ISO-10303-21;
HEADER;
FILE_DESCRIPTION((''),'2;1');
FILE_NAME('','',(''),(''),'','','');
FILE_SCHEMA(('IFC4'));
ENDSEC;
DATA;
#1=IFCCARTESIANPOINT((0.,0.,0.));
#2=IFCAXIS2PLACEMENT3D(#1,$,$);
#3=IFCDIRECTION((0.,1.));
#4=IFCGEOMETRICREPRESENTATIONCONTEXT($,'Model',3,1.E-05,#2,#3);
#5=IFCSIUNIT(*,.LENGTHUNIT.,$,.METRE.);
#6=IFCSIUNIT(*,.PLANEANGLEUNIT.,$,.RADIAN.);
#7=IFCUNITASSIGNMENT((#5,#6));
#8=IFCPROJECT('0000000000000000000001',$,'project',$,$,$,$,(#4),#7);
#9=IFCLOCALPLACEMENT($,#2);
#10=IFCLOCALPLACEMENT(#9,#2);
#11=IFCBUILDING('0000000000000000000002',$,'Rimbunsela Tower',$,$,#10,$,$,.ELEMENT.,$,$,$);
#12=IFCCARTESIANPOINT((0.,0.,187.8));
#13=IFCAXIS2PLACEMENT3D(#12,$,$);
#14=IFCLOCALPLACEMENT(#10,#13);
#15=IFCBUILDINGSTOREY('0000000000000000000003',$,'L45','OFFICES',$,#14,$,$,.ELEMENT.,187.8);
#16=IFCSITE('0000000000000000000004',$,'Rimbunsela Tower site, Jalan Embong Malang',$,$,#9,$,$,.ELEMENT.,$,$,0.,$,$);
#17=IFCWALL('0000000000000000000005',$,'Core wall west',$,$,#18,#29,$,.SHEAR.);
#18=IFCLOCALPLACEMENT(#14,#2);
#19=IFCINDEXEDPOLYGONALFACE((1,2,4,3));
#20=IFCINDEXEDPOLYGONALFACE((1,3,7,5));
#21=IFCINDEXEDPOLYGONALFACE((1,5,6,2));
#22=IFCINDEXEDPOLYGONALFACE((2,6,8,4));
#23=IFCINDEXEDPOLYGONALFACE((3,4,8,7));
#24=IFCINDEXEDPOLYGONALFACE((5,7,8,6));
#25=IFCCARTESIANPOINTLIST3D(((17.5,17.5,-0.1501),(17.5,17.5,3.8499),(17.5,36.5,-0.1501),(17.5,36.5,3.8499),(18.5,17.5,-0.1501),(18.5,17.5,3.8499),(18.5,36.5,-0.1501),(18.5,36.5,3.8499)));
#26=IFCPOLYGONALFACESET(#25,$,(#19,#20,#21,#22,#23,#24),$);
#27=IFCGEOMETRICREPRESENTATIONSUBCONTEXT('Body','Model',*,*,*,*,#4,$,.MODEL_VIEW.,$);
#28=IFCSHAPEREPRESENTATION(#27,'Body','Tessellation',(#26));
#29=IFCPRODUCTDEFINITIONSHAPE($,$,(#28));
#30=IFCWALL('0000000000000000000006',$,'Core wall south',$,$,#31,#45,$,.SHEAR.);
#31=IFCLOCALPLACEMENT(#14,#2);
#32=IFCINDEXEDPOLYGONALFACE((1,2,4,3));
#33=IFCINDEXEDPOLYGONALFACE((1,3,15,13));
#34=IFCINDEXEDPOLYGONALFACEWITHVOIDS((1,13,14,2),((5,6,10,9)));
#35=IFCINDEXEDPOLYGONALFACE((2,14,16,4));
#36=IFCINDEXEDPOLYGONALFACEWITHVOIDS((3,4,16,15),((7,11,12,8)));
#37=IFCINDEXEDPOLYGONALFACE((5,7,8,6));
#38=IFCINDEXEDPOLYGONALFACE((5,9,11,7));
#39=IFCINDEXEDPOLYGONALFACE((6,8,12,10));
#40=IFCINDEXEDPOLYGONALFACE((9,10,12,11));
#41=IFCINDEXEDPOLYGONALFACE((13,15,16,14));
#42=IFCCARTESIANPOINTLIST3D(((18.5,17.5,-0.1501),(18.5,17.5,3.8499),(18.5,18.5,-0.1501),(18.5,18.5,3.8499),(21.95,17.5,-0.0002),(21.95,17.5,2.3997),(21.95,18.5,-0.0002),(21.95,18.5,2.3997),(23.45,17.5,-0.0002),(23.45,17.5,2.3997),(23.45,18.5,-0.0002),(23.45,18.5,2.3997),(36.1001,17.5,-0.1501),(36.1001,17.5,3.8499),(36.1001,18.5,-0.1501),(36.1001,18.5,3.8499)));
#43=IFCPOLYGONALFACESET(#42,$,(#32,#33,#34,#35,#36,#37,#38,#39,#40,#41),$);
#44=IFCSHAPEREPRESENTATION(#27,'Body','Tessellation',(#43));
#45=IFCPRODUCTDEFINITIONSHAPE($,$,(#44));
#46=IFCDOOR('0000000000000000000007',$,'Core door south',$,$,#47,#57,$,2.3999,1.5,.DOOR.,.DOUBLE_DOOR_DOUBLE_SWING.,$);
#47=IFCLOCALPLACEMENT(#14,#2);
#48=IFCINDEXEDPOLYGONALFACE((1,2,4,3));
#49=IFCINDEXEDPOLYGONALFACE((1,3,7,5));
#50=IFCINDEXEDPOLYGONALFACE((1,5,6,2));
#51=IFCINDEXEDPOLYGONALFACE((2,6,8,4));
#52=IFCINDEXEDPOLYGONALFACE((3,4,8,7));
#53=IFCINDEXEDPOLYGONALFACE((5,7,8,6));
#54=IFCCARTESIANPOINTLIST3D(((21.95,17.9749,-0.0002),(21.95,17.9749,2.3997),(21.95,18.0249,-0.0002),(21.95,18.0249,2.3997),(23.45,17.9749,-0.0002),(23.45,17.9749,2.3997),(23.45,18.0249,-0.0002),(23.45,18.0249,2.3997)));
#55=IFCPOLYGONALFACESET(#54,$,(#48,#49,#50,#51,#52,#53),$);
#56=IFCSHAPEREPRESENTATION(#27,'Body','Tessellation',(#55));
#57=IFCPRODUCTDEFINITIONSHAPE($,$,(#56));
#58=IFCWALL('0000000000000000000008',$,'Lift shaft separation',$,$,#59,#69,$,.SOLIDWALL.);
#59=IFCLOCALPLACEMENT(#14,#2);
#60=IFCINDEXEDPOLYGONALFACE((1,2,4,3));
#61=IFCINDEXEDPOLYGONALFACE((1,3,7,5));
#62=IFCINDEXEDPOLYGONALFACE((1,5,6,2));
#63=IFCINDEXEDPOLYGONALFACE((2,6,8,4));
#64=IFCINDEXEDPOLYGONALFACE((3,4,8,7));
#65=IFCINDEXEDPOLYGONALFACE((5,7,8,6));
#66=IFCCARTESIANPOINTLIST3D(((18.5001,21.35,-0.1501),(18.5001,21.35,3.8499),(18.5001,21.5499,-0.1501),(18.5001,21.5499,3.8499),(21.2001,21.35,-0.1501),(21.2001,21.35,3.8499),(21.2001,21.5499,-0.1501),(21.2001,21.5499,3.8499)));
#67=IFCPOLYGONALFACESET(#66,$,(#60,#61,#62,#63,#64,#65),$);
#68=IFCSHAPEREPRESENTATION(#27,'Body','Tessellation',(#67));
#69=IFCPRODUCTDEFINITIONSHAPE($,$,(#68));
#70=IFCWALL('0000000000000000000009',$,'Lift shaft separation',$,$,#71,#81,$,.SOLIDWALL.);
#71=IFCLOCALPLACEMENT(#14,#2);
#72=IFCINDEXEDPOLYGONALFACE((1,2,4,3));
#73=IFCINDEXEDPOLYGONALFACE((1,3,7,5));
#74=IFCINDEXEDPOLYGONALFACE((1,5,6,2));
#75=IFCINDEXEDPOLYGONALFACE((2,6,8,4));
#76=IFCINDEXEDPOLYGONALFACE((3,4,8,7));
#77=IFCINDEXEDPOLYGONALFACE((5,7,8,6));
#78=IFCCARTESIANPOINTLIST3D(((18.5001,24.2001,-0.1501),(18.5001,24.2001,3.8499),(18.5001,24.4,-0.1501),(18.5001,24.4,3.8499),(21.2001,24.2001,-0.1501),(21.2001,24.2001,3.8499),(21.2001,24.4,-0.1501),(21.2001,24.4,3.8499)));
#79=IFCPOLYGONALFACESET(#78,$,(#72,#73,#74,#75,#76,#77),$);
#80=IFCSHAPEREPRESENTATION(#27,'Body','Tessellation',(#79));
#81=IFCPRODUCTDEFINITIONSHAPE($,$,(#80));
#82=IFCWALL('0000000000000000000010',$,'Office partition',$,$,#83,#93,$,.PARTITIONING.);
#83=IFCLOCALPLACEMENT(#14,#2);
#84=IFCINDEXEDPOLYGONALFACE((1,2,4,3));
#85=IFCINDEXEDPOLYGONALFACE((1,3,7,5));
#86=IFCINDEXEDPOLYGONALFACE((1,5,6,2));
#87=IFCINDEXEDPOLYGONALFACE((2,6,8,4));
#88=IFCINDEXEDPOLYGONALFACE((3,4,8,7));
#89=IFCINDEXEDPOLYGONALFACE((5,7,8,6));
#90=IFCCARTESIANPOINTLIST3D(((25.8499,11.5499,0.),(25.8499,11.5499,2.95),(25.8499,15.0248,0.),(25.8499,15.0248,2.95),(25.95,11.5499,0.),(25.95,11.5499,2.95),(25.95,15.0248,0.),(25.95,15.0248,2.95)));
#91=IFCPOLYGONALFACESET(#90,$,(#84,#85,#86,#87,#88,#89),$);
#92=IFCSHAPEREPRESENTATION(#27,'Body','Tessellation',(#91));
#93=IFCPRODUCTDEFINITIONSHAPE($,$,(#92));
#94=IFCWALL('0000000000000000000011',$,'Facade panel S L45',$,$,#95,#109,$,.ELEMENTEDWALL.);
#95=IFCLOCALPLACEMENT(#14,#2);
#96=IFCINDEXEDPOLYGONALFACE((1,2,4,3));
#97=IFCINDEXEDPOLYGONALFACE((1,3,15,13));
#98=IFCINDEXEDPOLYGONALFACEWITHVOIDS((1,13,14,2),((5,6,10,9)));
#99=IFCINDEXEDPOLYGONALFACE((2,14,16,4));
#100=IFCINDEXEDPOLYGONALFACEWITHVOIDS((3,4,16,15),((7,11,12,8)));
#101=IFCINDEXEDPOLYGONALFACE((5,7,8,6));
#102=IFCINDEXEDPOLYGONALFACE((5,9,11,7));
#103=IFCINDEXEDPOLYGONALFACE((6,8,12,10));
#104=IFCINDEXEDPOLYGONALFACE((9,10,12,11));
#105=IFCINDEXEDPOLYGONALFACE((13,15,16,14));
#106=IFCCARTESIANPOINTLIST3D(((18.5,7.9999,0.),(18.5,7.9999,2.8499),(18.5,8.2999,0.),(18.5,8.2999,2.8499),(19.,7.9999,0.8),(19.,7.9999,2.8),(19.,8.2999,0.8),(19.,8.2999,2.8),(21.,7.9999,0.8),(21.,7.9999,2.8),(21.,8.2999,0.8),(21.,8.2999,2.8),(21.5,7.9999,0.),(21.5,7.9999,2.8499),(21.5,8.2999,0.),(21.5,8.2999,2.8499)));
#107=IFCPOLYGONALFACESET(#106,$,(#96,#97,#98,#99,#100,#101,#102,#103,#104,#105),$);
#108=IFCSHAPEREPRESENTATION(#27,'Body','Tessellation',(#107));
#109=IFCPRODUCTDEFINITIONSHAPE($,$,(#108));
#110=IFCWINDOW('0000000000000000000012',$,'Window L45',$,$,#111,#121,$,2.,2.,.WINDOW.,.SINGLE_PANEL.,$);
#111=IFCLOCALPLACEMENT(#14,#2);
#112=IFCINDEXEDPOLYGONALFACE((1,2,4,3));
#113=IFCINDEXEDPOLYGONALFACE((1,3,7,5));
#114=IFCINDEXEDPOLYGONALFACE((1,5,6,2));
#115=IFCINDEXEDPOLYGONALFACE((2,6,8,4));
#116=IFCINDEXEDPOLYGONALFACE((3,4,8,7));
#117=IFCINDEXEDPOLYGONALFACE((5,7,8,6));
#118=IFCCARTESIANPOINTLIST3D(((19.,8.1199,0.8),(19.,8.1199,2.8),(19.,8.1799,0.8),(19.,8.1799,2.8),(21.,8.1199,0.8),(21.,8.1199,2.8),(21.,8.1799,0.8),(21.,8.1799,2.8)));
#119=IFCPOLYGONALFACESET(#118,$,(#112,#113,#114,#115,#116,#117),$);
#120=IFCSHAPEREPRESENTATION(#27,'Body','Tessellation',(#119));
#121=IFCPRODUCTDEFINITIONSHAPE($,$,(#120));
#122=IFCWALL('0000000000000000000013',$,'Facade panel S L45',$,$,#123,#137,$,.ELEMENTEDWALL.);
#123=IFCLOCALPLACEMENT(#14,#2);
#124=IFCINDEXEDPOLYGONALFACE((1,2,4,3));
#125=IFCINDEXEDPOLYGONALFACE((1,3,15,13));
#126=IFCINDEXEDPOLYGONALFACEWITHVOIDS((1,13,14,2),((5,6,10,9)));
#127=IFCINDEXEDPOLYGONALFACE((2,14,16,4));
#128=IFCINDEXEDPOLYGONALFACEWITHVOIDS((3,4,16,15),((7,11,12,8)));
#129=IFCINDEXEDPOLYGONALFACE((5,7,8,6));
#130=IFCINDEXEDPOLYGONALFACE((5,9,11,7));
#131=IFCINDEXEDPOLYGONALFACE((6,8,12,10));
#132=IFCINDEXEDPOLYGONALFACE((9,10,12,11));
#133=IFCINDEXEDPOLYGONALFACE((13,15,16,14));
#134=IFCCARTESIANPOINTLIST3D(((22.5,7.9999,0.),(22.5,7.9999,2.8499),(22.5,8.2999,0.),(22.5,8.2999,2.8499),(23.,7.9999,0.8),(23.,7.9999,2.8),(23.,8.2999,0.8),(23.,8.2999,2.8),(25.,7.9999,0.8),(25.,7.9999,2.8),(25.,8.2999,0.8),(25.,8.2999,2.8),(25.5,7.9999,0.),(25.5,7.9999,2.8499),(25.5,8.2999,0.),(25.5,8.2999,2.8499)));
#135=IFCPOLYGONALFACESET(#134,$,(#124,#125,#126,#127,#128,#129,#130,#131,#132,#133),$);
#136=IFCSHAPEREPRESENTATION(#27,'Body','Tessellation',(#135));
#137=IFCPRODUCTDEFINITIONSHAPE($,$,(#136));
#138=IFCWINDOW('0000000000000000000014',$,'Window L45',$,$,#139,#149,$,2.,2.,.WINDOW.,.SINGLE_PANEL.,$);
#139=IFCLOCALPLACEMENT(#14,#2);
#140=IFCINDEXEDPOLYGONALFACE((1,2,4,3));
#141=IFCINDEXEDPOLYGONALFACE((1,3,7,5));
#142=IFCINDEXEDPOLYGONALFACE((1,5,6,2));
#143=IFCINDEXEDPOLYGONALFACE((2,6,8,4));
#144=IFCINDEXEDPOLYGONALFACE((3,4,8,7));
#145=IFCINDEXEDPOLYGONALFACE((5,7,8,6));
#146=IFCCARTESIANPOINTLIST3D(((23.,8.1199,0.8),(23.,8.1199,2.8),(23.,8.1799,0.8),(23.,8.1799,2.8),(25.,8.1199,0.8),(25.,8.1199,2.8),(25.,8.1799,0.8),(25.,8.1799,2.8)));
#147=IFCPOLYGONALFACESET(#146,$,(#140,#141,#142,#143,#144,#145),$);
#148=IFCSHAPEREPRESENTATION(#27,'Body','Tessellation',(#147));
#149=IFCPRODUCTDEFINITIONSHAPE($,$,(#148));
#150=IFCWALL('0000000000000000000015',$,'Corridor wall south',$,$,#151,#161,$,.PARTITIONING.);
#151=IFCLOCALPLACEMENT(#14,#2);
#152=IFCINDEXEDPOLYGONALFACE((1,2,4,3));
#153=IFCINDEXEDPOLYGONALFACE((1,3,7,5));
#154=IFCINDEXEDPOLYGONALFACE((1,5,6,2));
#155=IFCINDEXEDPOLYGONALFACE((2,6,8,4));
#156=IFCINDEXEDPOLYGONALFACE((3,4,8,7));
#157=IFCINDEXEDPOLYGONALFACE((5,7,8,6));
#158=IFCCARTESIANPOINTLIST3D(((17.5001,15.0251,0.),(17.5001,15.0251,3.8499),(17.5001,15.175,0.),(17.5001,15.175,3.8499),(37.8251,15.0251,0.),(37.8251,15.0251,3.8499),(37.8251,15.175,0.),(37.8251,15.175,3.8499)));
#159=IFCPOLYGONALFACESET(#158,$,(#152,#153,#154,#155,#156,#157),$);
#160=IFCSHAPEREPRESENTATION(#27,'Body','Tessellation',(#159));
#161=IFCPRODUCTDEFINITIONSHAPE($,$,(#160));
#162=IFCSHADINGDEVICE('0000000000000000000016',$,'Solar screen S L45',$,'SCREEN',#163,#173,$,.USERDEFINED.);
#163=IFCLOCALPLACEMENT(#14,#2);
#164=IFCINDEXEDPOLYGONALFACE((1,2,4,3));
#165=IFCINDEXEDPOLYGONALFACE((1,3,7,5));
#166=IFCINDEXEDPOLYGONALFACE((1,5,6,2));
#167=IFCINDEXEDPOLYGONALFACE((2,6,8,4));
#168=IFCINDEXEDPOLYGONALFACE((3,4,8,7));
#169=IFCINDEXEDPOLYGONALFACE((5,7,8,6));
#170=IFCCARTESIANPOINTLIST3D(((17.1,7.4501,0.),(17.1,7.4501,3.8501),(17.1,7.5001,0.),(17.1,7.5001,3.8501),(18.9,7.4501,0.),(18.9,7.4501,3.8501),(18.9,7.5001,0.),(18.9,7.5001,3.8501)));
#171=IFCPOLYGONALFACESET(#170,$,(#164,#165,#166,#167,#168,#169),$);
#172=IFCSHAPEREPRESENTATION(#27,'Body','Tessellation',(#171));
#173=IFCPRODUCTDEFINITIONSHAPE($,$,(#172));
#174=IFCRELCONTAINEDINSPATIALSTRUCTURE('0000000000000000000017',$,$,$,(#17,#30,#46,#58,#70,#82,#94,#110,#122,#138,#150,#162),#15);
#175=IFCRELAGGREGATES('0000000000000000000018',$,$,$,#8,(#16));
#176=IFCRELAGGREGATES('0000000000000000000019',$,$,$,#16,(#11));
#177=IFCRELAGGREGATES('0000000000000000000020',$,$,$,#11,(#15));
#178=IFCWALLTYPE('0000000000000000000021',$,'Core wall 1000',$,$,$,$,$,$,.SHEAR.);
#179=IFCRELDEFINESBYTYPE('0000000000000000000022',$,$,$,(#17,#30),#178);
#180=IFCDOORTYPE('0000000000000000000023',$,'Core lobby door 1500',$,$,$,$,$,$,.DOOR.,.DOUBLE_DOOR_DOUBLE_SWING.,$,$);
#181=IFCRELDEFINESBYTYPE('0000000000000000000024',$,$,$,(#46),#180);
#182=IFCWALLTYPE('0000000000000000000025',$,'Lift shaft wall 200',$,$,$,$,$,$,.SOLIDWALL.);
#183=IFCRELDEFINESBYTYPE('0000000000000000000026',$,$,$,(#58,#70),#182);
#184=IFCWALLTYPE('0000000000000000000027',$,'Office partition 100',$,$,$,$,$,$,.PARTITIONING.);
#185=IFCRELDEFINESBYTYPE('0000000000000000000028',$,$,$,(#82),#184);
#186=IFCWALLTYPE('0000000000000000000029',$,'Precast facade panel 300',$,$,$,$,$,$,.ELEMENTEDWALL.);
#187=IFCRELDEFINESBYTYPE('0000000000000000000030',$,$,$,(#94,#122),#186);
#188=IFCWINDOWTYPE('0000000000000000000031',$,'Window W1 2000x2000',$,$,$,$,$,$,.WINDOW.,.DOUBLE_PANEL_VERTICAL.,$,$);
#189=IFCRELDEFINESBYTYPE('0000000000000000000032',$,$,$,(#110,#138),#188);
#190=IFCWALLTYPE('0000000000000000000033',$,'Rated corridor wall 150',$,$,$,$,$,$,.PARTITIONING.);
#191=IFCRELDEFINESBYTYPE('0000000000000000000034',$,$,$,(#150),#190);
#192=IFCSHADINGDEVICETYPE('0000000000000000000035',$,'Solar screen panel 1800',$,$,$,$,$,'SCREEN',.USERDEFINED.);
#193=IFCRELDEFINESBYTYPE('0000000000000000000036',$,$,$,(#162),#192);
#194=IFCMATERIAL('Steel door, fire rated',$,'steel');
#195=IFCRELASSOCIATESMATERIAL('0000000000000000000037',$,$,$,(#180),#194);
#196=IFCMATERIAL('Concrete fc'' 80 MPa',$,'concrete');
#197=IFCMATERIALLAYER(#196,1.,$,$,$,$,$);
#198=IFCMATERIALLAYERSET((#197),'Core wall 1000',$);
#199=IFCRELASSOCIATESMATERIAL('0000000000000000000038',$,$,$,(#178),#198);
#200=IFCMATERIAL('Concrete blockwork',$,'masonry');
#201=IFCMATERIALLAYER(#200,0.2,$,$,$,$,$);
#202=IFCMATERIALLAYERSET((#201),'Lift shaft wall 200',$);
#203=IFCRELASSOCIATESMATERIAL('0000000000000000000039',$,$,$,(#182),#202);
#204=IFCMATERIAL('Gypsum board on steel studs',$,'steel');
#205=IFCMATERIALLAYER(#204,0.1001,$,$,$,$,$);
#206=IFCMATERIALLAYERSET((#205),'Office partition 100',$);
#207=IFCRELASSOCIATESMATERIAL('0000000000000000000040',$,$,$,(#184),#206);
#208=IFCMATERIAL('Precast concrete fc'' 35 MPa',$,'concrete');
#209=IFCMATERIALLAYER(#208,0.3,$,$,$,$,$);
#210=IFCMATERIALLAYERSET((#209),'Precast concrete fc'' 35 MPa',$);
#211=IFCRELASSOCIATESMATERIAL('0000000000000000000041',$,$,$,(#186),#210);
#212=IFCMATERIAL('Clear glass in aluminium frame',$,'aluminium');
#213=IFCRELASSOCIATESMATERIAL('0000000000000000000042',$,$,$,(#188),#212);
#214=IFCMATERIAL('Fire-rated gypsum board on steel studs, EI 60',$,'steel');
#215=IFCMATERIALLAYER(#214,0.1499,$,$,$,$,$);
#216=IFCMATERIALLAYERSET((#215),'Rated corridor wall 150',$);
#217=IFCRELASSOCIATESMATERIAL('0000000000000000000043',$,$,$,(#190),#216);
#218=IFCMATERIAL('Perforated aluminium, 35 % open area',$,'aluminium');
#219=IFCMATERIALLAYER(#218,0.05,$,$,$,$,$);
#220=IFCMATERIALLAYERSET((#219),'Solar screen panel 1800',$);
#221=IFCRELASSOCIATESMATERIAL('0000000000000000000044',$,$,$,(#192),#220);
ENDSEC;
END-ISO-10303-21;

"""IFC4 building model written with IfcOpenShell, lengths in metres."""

from ifc_helpers import new_model, si_unit, direction, frame, frame_2d, origin, origin_2d, place, context, subcontext, project, spatial, rectangle, extrude, material, layer, layer_set, type_object, element, fill, save


model = new_model("IFC4")

# Units and contexts
model_context = context("Model", 3, precision=1e-05, world=origin(), true_north=direction((0.0, 1.0)))
body_context = subcontext(model_context, "Body", "Model", "MODEL_VIEW")
ifc_project = project(units=[si_unit("LENGTHUNIT", "METRE"), si_unit("PLANEANGLEUNIT", "RADIAN")], contexts=[model_context])

# Site, building, storey
site_placement = place(None, origin())
site = spatial("IfcSite", under=ifc_project, at=site_placement, Name="Rimbunsela Tower site, Jalan Embong Malang", CompositionType="ELEMENT", RefElevation=0.0)
building_placement = place(site_placement, origin())
building = spatial("IfcBuilding", under=site, at=building_placement, Name="Rimbunsela Tower", CompositionType="ELEMENT")
storey_placement = place(building_placement, frame((0.0, 0.0, 187.8)))
storey = spatial("IfcBuildingStorey", under=building, at=storey_placement, Name="L45", Description="OFFICES", CompositionType="ELEMENT", Elevation=187.8)

# Shared definitions
ifc_material_1 = material(Name="Steel door, fire rated", Category="steel")
door_type_1 = type_object("IfcDoorType", Name="Core lobby door 1500", OperationType="DOUBLE_DOOR_DOUBLE_SWING", PredefinedType="DOOR", material=ifc_material_1)

# Wall
ifc_material_2 = material(Name="Concrete fc' 80 MPa", Category="concrete")
ifc_layer_1 = layer(ifc_material_2, 1.0)
ifc_layer_set_1 = layer_set([ifc_layer_1], Name="Core wall 1000")
wall_type_1 = type_object("IfcWallType", Name="Core wall 1000", PredefinedType="SHEAR", material=ifc_layer_set_1)
wall_1_placement = place(storey_placement, frame((18.0, 17.5, -0.1501), z_axis=(0.0, 0.0, 1.0), x_axis=(0.0, 1.0, 0.0)))
element("IfcWall", 1, at=wall_1_placement, inside=storey, type_object=wall_type_1, Name="Core wall west", PredefinedType="SHEAR", context=body_context, shape_type="SweptSolid", body=[
    extrude(rectangle(XDim=19.0, YDim=1.0, at=frame_2d((9.5, 0.0))), origin(), (0.0, 0.0, 1.0), 4.0),
])

# Wall, opening, door
wall_2_placement = place(storey_placement, frame((18.5, 18.0, -0.1501), z_axis=(0.0, 0.0, 1.0), x_axis=(1.0, 0.0, 0.0)))
wall_2 = element("IfcWall", 2, at=wall_2_placement, inside=storey, type_object=wall_type_1, Name="Core wall south", PredefinedType="SHEAR", context=body_context, shape_type="SweptSolid", body=[
    extrude(rectangle(XDim=17.6001, YDim=1.0, at=frame_2d((8.8, 0.0))), origin(), (0.0, 0.0, 1.0), 4.0),
])
opening_1_placement = place(wall_2_placement, frame((3.45, 0.0, 0.1499)))
opening_1 = element("IfcOpeningElement", 3, at=opening_1_placement, cuts=wall_2, PredefinedType="OPENING", context=body_context, shape_type="SweptSolid", body=[
    extrude(rectangle(XDim=1.5, YDim=2.3999, at=frame_2d((0.75, 1.2))), frame((0.0, 0.51, 0.0), z_axis=(0.0, -1.0, 0.0), x_axis=(1.0, 0.0, 0.0)), (0.0, 0.0, 1.0), 1.02),
])
door_1_placement = place(opening_1_placement, origin())
door_1 = element("IfcDoor", 4, at=door_1_placement, inside=storey, type_object=door_type_1, Name="Core door south", OperationType="DOUBLE_DOOR_DOUBLE_SWING", OverallHeight=2.3999, OverallWidth=1.5, PredefinedType="DOOR", context=body_context, shape_type="SweptSolid", body=[
    extrude(rectangle(XDim=1.5, YDim=2.3999, at=frame_2d((0.75, 1.2))), frame((0.0, 0.0249, 0.0), z_axis=(0.0, -1.0, 0.0), x_axis=(1.0, 0.0, 0.0)), (0.0, 0.0, 1.0), 0.05),
])
fill(opening_1, door_1)

# Walls
ifc_material_3 = material(Name="Concrete blockwork", Category="masonry")
ifc_layer_2 = layer(ifc_material_3, 0.2)
ifc_layer_set_2 = layer_set([ifc_layer_2], Name="Lift shaft wall 200")
wall_type_2 = type_object("IfcWallType", Name="Lift shaft wall 200", PredefinedType="SOLIDWALL", material=ifc_layer_set_2)
for number, where, z_axis, x_axis, name in (
    (5, (18.5, 21.45, -0.1501), (0.0, 0.0, 1.0), (1.0, 0.0, 0.0), "Lift shaft separation"),
    (6, (18.5, 24.3, -0.1501), (0.0, 0.0, 1.0), (1.0, 0.0, 0.0), "Lift shaft separation"),
):
    element("IfcWall", number, at=place(storey_placement, frame(where, z_axis=z_axis, x_axis=x_axis)), inside=storey, type_object=wall_type_2, Name=name, PredefinedType="SOLIDWALL", context=body_context, shape_type="SweptSolid", body=[
        extrude(rectangle(XDim=2.7, YDim=0.2, at=frame_2d((1.3501, 0.0))), origin(), (0.0, 0.0, 1.0), 4.0),
    ])
ifc_material_4 = material(Name="Gypsum board on steel studs", Category="steel")
ifc_layer_3 = layer(ifc_material_4, 0.1001)
ifc_layer_set_3 = layer_set([ifc_layer_3], Name="Office partition 100")
wall_type_3 = type_object("IfcWallType", Name="Office partition 100", PredefinedType="PARTITIONING", material=ifc_layer_set_3)
wall_3_placement = place(storey_placement, frame((25.8999, 11.55, 0.0), z_axis=(0.0, 0.0, 1.0), x_axis=(0.0, 1.0, 0.0)))
element("IfcWall", 7, at=wall_3_placement, inside=storey, type_object=wall_type_3, Name="Office partition", PredefinedType="PARTITIONING", context=body_context, shape_type="SweptSolid", body=[
    extrude(rectangle(XDim=3.4749, YDim=0.1001, at=frame_2d((1.7373, 0.0))), origin(), (0.0, 0.0, 1.0), 2.95),
])

# Walls, openings, windows
ifc_material_5 = material(Name="Precast concrete fc' 35 MPa", Category="concrete")
ifc_layer_4 = layer(ifc_material_5, 0.3)
ifc_layer_set_4 = layer_set([ifc_layer_4], Name="Precast concrete fc' 35 MPa")
wall_type_4 = type_object("IfcWallType", Name="Precast facade panel 300", PredefinedType="ELEMENTEDWALL", material=ifc_layer_set_4)
wall_4_placement = place(storey_placement, frame((18.5, 8.1499, 0.0), z_axis=(0.0, 0.0, 1.0), x_axis=(1.0, 0.0, 0.0)))
wall_4 = element("IfcWall", 8, at=wall_4_placement, inside=storey, type_object=wall_type_4, Name="Facade panel S L45", PredefinedType="ELEMENTEDWALL", context=body_context, shape_type="SweptSolid", body=[
    extrude(rectangle(XDim=3.0, YDim=0.3, at=frame_2d((1.5, 0.0))), origin(), (0.0, 0.0, 1.0), 2.8499),
])
opening_2_placement = place(wall_4_placement, frame((0.5, 0.0, 0.8)))
opening_2 = element("IfcOpeningElement", 9, at=opening_2_placement, cuts=wall_4, PredefinedType="OPENING", context=body_context, shape_type="SweptSolid", body=[
    extrude(rectangle(XDim=2.0, YDim=2.0, at=frame_2d((1.0, 1.0))), frame((0.0, 0.1599, 0.0), z_axis=(0.0, -1.0, 0.0), x_axis=(1.0, 0.0, 0.0)), (0.0, 0.0, 1.0), 0.3201),
])
ifc_material_6 = material(Name="Clear glass in aluminium frame", Category="aluminium")
window_type = type_object("IfcWindowType", Name="Window W1 2000x2000", PartitioningType="DOUBLE_PANEL_VERTICAL", PredefinedType="WINDOW", material=ifc_material_6)
window_1_placement = place(opening_2_placement, origin())
window_1 = element("IfcWindow", 10, at=window_1_placement, inside=storey, type_object=window_type, Name="Window L45", OverallHeight=2.0, OverallWidth=2.0, PartitioningType="SINGLE_PANEL", PredefinedType="WINDOW", context=body_context, shape_type="SweptSolid", body=[
    extrude(rectangle(XDim=2.0, YDim=2.0, at=frame_2d((1.0, 1.0))), frame((0.0, 0.03, 0.0), z_axis=(0.0, -1.0, 0.0), x_axis=(1.0, 0.0, 0.0)), (0.0, 0.0, 1.0), 0.0601),
])
fill(opening_2, window_1)
wall_5_placement = place(storey_placement, frame((22.5, 8.1499, 0.0), z_axis=(0.0, 0.0, 1.0), x_axis=(1.0, 0.0, 0.0)))
wall_5 = element("IfcWall", 11, at=wall_5_placement, inside=storey, type_object=wall_type_4, Name="Facade panel S L45", PredefinedType="ELEMENTEDWALL", context=body_context, shape_type="SweptSolid", body=[
    extrude(rectangle(XDim=3.0, YDim=0.3, at=frame_2d((1.5, 0.0))), origin(), (0.0, 0.0, 1.0), 2.8499),
])
opening_3_placement = place(wall_5_placement, frame((0.5, 0.0, 0.8)))
opening_3 = element("IfcOpeningElement", 12, at=opening_3_placement, cuts=wall_5, PredefinedType="OPENING", context=body_context, shape_type="SweptSolid", body=[
    extrude(rectangle(XDim=2.0, YDim=2.0, at=frame_2d((1.0, 1.0))), frame((0.0, 0.1599, 0.0), z_axis=(0.0, -1.0, 0.0), x_axis=(1.0, 0.0, 0.0)), (0.0, 0.0, 1.0), 0.3201),
])
window_2_placement = place(opening_3_placement, origin())
window_2 = element("IfcWindow", 13, at=window_2_placement, inside=storey, type_object=window_type, Name="Window L45", OverallHeight=2.0, OverallWidth=2.0, PartitioningType="SINGLE_PANEL", PredefinedType="WINDOW", context=body_context, shape_type="SweptSolid", body=[
    extrude(rectangle(XDim=2.0, YDim=2.0, at=frame_2d((1.0, 1.0))), frame((0.0, 0.03, 0.0), z_axis=(0.0, -1.0, 0.0), x_axis=(1.0, 0.0, 0.0)), (0.0, 0.0, 1.0), 0.0601),
])
fill(opening_3, window_2)

# Wall
ifc_material_7 = material(Name="Fire-rated gypsum board on steel studs, EI 60", Category="steel")
ifc_layer_5 = layer(ifc_material_7, 0.1499)
ifc_layer_set_5 = layer_set([ifc_layer_5], Name="Rated corridor wall 150")
wall_type_5 = type_object("IfcWallType", Name="Rated corridor wall 150", PredefinedType="PARTITIONING", material=ifc_layer_set_5)
wall_6_placement = place(storey_placement, frame((17.5, 15.1001, 0.0), z_axis=(0.0, 0.0, 1.0), x_axis=(1.0, 0.0, 0.0)))
element("IfcWall", 14, at=wall_6_placement, inside=storey, type_object=wall_type_5, Name="Corridor wall south", PredefinedType="PARTITIONING", context=body_context, shape_type="SweptSolid", body=[
    extrude(rectangle(XDim=20.325, YDim=0.1499, at=frame_2d((10.1626, 0.0))), origin(), (0.0, 0.0, 1.0), 3.8499),
])

# Shading device
ifc_material_8 = material(Name="Perforated aluminium, 35 % open area", Category="aluminium")
ifc_layer_6 = layer(ifc_material_8, 0.05)
ifc_layer_set_6 = layer_set([ifc_layer_6], Name="Solar screen panel 1800")
shading_device_type = type_object("IfcShadingDeviceType", Name="Solar screen panel 1800", ElementType="SCREEN", PredefinedType="USERDEFINED", material=ifc_layer_set_6)
for number, where, z_axis, x_axis, name in (
    (15, (18.0, 7.4751, 0.0), (0.0, 0.0, 1.0), (1.0, 0.0, 0.0), "Solar screen S L45"),
):
    element("IfcShadingDevice", number, at=place(storey_placement, frame(where, z_axis=z_axis, x_axis=x_axis)), inside=storey, type_object=shading_device_type, Name=name, ObjectType="SCREEN", PredefinedType="USERDEFINED", context=body_context, shape_type="SweptSolid", body=[
        extrude(rectangle(XDim=1.8, YDim=0.05, at=origin_2d()), origin(), (0.0, 0.0, 1.0), 3.8501),
    ])

save(model, "model.ifc")
